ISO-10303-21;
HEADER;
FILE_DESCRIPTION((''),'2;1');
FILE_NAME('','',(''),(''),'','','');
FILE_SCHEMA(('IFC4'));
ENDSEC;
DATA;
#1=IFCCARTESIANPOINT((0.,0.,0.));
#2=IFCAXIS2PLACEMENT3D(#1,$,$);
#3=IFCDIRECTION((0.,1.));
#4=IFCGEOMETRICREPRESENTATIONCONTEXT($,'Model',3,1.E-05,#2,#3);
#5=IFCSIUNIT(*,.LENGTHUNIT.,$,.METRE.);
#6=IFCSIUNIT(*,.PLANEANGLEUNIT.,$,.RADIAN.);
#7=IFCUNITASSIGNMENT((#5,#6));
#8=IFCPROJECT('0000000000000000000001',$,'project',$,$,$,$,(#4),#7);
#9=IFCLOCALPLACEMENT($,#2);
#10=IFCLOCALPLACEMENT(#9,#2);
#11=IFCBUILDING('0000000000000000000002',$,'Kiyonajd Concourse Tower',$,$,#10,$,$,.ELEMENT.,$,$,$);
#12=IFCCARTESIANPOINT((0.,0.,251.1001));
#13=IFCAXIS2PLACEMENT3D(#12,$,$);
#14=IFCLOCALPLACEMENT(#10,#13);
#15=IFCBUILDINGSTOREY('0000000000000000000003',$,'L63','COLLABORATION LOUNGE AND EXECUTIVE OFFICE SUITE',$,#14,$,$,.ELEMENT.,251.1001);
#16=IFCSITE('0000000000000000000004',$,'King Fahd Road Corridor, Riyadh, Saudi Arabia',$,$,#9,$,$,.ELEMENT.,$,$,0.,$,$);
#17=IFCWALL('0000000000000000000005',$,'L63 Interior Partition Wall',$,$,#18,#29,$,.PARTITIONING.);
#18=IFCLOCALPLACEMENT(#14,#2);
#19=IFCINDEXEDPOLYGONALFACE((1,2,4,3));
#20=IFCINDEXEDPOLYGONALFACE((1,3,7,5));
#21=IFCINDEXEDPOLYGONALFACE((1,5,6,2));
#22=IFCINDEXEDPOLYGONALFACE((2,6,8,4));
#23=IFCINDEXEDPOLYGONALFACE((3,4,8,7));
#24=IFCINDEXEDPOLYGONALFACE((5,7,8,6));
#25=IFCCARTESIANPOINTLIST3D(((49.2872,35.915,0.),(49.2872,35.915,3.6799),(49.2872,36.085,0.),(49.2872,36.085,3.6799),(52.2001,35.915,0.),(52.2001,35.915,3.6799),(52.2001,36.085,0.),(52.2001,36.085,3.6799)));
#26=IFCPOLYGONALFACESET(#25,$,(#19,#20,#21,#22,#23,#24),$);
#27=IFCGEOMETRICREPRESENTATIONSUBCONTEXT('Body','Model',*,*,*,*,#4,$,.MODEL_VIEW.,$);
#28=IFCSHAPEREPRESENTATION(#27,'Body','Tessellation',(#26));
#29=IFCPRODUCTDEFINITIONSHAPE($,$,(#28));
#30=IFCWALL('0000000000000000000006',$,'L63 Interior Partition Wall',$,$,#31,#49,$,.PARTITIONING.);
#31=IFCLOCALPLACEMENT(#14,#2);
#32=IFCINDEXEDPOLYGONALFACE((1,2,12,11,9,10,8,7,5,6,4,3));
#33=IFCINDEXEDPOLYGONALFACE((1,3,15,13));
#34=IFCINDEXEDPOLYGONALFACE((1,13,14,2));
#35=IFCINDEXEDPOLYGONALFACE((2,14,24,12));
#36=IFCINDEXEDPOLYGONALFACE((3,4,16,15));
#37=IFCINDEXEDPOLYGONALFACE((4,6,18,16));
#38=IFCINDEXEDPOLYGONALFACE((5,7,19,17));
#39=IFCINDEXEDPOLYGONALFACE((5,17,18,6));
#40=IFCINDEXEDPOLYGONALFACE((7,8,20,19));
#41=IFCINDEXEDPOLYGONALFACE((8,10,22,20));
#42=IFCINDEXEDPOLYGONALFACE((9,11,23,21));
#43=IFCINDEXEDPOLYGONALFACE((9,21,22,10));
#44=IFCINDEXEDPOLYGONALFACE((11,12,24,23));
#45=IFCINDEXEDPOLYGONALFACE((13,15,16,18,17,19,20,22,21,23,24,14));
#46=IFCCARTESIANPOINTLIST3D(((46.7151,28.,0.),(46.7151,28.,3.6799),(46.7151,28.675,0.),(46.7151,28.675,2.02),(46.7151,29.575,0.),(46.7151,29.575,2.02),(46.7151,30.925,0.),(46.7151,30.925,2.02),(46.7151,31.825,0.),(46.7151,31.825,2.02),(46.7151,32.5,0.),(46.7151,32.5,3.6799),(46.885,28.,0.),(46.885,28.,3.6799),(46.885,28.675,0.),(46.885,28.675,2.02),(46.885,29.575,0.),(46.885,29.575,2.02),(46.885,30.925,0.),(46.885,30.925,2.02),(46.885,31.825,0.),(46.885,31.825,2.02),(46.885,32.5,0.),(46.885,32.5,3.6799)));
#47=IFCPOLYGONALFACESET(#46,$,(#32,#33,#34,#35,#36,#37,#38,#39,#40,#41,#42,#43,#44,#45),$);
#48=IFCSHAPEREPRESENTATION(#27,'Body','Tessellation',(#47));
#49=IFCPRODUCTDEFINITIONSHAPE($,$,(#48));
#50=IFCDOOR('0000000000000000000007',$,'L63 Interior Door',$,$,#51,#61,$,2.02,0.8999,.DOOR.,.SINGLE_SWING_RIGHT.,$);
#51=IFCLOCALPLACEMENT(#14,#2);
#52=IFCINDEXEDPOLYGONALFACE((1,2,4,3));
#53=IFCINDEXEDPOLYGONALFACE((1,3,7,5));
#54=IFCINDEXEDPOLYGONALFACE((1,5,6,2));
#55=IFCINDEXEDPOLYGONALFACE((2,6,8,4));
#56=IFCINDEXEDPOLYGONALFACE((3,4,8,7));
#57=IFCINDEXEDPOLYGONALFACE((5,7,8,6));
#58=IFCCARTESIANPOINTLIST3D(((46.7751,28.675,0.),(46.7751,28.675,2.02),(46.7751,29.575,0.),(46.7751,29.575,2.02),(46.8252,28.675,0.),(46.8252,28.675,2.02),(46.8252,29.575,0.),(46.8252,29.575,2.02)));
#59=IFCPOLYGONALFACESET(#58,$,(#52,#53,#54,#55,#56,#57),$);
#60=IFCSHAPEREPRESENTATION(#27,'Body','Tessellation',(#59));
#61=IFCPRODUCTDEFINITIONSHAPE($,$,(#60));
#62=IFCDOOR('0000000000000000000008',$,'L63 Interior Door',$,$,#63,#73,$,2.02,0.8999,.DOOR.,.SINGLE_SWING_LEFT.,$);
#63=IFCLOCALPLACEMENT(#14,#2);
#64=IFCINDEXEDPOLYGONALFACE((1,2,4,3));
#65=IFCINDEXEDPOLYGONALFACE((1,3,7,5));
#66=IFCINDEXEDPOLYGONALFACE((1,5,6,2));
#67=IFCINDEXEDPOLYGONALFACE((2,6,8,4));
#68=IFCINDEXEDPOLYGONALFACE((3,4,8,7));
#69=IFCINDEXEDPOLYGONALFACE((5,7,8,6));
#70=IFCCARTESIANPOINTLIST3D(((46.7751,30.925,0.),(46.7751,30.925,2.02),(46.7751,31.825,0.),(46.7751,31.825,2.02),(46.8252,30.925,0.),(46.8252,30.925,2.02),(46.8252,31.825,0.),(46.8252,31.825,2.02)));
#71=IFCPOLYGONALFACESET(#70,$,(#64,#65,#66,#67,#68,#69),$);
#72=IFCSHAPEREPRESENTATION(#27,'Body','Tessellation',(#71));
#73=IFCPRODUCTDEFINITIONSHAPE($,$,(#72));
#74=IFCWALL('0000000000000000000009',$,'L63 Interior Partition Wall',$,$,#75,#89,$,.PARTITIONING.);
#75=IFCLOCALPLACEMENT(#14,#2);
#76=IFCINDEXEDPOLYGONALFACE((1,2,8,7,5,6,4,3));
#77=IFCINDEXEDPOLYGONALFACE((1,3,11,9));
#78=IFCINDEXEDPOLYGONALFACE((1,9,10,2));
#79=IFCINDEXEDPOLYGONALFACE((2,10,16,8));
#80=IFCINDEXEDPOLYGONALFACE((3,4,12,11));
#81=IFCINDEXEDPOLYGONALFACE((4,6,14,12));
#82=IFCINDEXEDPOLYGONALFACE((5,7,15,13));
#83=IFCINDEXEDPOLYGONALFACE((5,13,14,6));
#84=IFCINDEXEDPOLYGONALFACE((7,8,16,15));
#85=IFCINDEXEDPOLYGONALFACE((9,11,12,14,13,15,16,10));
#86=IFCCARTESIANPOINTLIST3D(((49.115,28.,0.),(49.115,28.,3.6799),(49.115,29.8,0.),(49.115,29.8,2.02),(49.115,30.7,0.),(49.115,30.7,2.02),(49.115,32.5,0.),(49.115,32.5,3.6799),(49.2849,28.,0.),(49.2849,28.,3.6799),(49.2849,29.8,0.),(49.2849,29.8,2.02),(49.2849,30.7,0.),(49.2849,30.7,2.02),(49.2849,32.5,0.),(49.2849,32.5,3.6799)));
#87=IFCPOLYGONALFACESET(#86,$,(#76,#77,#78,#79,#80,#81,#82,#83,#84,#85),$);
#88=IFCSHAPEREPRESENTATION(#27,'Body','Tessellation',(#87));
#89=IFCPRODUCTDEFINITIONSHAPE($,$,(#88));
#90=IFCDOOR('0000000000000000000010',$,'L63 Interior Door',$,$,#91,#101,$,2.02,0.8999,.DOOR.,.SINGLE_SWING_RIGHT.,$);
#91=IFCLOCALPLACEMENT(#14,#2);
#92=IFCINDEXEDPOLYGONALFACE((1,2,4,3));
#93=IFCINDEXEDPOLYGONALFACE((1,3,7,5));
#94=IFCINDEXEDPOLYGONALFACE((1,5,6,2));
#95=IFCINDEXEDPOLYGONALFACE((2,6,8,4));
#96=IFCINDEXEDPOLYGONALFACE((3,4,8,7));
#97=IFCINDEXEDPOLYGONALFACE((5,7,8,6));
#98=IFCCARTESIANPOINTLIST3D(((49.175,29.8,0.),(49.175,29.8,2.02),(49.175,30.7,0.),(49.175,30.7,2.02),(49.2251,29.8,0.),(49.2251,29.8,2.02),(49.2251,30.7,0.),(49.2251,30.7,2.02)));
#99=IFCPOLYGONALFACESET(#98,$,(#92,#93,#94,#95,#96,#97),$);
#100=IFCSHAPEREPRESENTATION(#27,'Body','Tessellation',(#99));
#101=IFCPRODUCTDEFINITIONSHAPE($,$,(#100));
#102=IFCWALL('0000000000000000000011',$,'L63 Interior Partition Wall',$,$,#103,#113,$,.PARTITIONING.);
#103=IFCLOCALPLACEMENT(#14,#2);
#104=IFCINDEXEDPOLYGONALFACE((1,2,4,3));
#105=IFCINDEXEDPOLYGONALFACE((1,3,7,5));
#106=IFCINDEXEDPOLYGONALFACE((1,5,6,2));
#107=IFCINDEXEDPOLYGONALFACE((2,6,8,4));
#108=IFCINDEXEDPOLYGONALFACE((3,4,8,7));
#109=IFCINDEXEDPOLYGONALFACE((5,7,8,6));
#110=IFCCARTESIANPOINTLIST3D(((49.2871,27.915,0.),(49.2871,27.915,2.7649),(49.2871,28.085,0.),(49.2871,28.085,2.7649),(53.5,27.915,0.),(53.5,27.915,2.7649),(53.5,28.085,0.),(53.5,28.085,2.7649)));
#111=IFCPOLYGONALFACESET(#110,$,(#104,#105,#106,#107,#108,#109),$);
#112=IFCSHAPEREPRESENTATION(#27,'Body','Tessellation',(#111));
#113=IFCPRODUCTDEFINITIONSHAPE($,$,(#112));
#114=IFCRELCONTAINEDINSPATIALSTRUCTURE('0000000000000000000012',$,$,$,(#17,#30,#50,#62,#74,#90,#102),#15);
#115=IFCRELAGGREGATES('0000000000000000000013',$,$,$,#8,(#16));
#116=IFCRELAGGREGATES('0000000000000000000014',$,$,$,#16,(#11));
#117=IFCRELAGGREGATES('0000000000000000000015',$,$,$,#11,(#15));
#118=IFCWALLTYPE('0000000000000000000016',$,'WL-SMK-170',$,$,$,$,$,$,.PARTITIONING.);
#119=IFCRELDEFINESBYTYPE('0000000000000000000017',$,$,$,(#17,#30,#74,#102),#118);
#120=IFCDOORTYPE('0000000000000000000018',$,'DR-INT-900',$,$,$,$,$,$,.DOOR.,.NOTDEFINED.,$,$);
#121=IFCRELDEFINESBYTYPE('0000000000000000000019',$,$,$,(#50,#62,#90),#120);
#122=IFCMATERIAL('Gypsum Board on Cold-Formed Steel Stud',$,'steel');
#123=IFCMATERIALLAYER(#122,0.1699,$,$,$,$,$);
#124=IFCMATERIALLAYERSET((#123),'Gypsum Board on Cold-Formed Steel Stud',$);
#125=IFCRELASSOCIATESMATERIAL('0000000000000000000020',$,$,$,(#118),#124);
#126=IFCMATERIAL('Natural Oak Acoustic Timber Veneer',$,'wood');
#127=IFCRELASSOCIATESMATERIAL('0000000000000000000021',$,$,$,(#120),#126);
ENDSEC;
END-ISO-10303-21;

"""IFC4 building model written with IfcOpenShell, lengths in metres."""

from ifc_helpers import new_model, si_unit, direction, frame, frame_2d, origin, place, context, subcontext, project, spatial, rectangle, extrude, material, layer, layer_set, type_object, element, fill, save


model = new_model("IFC4")

# Units and contexts
model_context = context("Model", 3, precision=1e-05, world=origin(), true_north=direction((0.0, 1.0)))
body_context = subcontext(model_context, "Body", "Model", "MODEL_VIEW")
ifc_project = project(units=[si_unit("LENGTHUNIT", "METRE"), si_unit("PLANEANGLEUNIT", "RADIAN")], contexts=[model_context])

# Site, building, storey
site_placement = place(None, origin())
site = spatial("IfcSite", under=ifc_project, at=site_placement, Name="King Fahd Road Corridor, Riyadh, Saudi Arabia", CompositionType="ELEMENT", RefElevation=0.0)
building_placement = place(site_placement, origin())
building = spatial("IfcBuilding", under=site, at=building_placement, Name="Kiyonajd Concourse Tower", CompositionType="ELEMENT")
storey_placement = place(building_placement, frame((0.0, 0.0, 251.1001)))
storey = spatial("IfcBuildingStorey", under=building, at=storey_placement, Name="L63", Description="COLLABORATION LOUNGE AND EXECUTIVE OFFICE SUITE", CompositionType="ELEMENT", Elevation=251.1001)

# Shared definitions
ifc_material_1 = material(Name="Gypsum Board on Cold-Formed Steel Stud", Category="steel")

# Shared definitions
ifc_layer_1 = layer(ifc_material_1, 0.1699)
ifc_layer_set_1 = layer_set([ifc_layer_1], Name="Gypsum Board on Cold-Formed Steel Stud")
wall_type_1 = type_object("IfcWallType", Name="WL-SMK-170", PredefinedType="PARTITIONING", material=ifc_layer_set_1)
ifc_material_2 = material(Name="Natural Oak Acoustic Timber Veneer", Category="wood")
door_type = type_object("IfcDoorType", Name="DR-INT-900", OperationType="NOTDEFINED", PredefinedType="DOOR", material=ifc_material_2)

# Wall
for number, where, z_axis, x_axis, name in (
    (1, (49.2871, 36.0, 0.0), (0.0, 0.0, 1.0), (1.0, 0.0, 0.0), "L63 Interior Partition Wall"),
):
    element("IfcWall", number, at=place(storey_placement, frame(where, z_axis=z_axis, x_axis=x_axis)), inside=storey, type_object=wall_type_1, Name=name, PredefinedType="PARTITIONING", context=body_context, shape_type="SweptSolid", body=[
        extrude(rectangle(XDim=2.9128, YDim=0.1699, at=frame_2d((1.4565, 0.0))), origin(), (0.0, 0.0, 1.0), 3.6799),
    ])

# Wall, openings, doors
wall_1_placement = place(storey_placement, frame((46.8, 28.0, 0.0), z_axis=(0.0, 0.0, 1.0), x_axis=(0.0, 1.0, 0.0)))
wall_1 = element("IfcWall", 2, at=wall_1_placement, inside=storey, type_object=wall_type_1, Name="L63 Interior Partition Wall", PredefinedType="PARTITIONING", context=body_context, shape_type="SweptSolid", body=[
    extrude(rectangle(XDim=4.5, YDim=0.1699, at=frame_2d((2.25, 0.0))), origin(), (0.0, 0.0, 1.0), 3.6799),
])
opening_1_placement = place(wall_1_placement, frame((0.675, 0.0, 0.0)))
opening_1 = element("IfcOpeningElement", 3, at=opening_1_placement, cuts=wall_1, PredefinedType="OPENING", context=body_context, shape_type="SweptSolid", body=[
    extrude(rectangle(XDim=0.8999, YDim=2.02, at=frame_2d((0.45, 1.01))), frame((0.0, 0.095, 0.0), z_axis=(0.0, -1.0, 0.0), x_axis=(1.0, 0.0, 0.0)), (0.0, 0.0, 1.0), 0.1899),
])
opening_2_placement = place(wall_1_placement, frame((2.925, 0.0, 0.0)))
opening_2 = element("IfcOpeningElement", 4, at=opening_2_placement, cuts=wall_1, PredefinedType="OPENING", context=body_context, shape_type="SweptSolid", body=[
    extrude(rectangle(XDim=0.8999, YDim=2.02, at=frame_2d((0.45, 1.01))), frame((0.0, 0.095, 0.0), z_axis=(0.0, -1.0, 0.0), x_axis=(1.0, 0.0, 0.0)), (0.0, 0.0, 1.0), 0.1899),
])
door_1_placement = place(opening_1_placement, origin())
door_1 = element("IfcDoor", 5, at=door_1_placement, inside=storey, type_object=door_type, Name="L63 Interior Door", OperationType="SINGLE_SWING_RIGHT", OverallHeight=2.02, OverallWidth=0.8999, PredefinedType="DOOR", context=body_context, shape_type="SweptSolid", body=[
    extrude(rectangle(XDim=0.8999, YDim=2.02, at=frame_2d((0.45, 1.01))), frame((0.0, 0.0249, 0.0), z_axis=(0.0, -1.0, 0.0), x_axis=(1.0, 0.0, 0.0)), (0.0, 0.0, 1.0), 0.05),
])
fill(opening_1, door_1)
door_2_placement = place(opening_2_placement, origin())
door_2 = element("IfcDoor", 6, at=door_2_placement, inside=storey, type_object=door_type, Name="L63 Interior Door", OperationType="SINGLE_SWING_LEFT", OverallHeight=2.02, OverallWidth=0.8999, PredefinedType="DOOR", context=body_context, shape_type="SweptSolid", body=[
    extrude(rectangle(XDim=0.8999, YDim=2.02, at=frame_2d((0.45, 1.01))), frame((0.0, 0.0249, 0.0), z_axis=(0.0, -1.0, 0.0), x_axis=(1.0, 0.0, 0.0)), (0.0, 0.0, 1.0), 0.05),
])
fill(opening_2, door_2)

# Wall, opening, door
wall_2_placement = place(storey_placement, frame((49.2, 28.0, 0.0), z_axis=(0.0, 0.0, 1.0), x_axis=(0.0, 1.0, 0.0)))
wall_2 = element("IfcWall", 7, at=wall_2_placement, inside=storey, type_object=wall_type_1, Name="L63 Interior Partition Wall", PredefinedType="PARTITIONING", context=body_context, shape_type="SweptSolid", body=[
    extrude(rectangle(XDim=4.5, YDim=0.1699, at=frame_2d((2.25, 0.0))), origin(), (0.0, 0.0, 1.0), 3.6799),
])
opening_3_placement = place(wall_2_placement, frame((1.8, 0.0, 0.0)))
opening_3 = element("IfcOpeningElement", 8, at=opening_3_placement, cuts=wall_2, PredefinedType="OPENING", context=body_context, shape_type="SweptSolid", body=[
    extrude(rectangle(XDim=0.8999, YDim=2.02, at=frame_2d((0.45, 1.01))), frame((0.0, 0.095, 0.0), z_axis=(0.0, -1.0, 0.0), x_axis=(1.0, 0.0, 0.0)), (0.0, 0.0, 1.0), 0.1899),
])
door_3_placement = place(opening_3_placement, origin())
door_3 = element("IfcDoor", 9, at=door_3_placement, inside=storey, type_object=door_type, Name="L63 Interior Door", OperationType="SINGLE_SWING_RIGHT", OverallHeight=2.02, OverallWidth=0.8999, PredefinedType="DOOR", context=body_context, shape_type="SweptSolid", body=[
    extrude(rectangle(XDim=0.8999, YDim=2.02, at=frame_2d((0.45, 1.01))), frame((0.0, 0.0249, 0.0), z_axis=(0.0, -1.0, 0.0), x_axis=(1.0, 0.0, 0.0)), (0.0, 0.0, 1.0), 0.05),
])
fill(opening_3, door_3)

# Wall
wall_3_placement = place(storey_placement, frame((49.2871, 28.0, 0.0), z_axis=(0.0, 0.0, 1.0), x_axis=(1.0, 0.0, 0.0)))
element("IfcWall", 10, at=wall_3_placement, inside=storey, type_object=wall_type_1, Name="L63 Interior Partition Wall", PredefinedType="PARTITIONING", context=body_context, shape_type="SweptSolid", body=[
    extrude(rectangle(XDim=4.2129, YDim=0.1699, at=frame_2d((2.1064, 0.0))), origin(), (0.0, 0.0, 1.0), 2.7649),
])

save(model, "model.ifc")
